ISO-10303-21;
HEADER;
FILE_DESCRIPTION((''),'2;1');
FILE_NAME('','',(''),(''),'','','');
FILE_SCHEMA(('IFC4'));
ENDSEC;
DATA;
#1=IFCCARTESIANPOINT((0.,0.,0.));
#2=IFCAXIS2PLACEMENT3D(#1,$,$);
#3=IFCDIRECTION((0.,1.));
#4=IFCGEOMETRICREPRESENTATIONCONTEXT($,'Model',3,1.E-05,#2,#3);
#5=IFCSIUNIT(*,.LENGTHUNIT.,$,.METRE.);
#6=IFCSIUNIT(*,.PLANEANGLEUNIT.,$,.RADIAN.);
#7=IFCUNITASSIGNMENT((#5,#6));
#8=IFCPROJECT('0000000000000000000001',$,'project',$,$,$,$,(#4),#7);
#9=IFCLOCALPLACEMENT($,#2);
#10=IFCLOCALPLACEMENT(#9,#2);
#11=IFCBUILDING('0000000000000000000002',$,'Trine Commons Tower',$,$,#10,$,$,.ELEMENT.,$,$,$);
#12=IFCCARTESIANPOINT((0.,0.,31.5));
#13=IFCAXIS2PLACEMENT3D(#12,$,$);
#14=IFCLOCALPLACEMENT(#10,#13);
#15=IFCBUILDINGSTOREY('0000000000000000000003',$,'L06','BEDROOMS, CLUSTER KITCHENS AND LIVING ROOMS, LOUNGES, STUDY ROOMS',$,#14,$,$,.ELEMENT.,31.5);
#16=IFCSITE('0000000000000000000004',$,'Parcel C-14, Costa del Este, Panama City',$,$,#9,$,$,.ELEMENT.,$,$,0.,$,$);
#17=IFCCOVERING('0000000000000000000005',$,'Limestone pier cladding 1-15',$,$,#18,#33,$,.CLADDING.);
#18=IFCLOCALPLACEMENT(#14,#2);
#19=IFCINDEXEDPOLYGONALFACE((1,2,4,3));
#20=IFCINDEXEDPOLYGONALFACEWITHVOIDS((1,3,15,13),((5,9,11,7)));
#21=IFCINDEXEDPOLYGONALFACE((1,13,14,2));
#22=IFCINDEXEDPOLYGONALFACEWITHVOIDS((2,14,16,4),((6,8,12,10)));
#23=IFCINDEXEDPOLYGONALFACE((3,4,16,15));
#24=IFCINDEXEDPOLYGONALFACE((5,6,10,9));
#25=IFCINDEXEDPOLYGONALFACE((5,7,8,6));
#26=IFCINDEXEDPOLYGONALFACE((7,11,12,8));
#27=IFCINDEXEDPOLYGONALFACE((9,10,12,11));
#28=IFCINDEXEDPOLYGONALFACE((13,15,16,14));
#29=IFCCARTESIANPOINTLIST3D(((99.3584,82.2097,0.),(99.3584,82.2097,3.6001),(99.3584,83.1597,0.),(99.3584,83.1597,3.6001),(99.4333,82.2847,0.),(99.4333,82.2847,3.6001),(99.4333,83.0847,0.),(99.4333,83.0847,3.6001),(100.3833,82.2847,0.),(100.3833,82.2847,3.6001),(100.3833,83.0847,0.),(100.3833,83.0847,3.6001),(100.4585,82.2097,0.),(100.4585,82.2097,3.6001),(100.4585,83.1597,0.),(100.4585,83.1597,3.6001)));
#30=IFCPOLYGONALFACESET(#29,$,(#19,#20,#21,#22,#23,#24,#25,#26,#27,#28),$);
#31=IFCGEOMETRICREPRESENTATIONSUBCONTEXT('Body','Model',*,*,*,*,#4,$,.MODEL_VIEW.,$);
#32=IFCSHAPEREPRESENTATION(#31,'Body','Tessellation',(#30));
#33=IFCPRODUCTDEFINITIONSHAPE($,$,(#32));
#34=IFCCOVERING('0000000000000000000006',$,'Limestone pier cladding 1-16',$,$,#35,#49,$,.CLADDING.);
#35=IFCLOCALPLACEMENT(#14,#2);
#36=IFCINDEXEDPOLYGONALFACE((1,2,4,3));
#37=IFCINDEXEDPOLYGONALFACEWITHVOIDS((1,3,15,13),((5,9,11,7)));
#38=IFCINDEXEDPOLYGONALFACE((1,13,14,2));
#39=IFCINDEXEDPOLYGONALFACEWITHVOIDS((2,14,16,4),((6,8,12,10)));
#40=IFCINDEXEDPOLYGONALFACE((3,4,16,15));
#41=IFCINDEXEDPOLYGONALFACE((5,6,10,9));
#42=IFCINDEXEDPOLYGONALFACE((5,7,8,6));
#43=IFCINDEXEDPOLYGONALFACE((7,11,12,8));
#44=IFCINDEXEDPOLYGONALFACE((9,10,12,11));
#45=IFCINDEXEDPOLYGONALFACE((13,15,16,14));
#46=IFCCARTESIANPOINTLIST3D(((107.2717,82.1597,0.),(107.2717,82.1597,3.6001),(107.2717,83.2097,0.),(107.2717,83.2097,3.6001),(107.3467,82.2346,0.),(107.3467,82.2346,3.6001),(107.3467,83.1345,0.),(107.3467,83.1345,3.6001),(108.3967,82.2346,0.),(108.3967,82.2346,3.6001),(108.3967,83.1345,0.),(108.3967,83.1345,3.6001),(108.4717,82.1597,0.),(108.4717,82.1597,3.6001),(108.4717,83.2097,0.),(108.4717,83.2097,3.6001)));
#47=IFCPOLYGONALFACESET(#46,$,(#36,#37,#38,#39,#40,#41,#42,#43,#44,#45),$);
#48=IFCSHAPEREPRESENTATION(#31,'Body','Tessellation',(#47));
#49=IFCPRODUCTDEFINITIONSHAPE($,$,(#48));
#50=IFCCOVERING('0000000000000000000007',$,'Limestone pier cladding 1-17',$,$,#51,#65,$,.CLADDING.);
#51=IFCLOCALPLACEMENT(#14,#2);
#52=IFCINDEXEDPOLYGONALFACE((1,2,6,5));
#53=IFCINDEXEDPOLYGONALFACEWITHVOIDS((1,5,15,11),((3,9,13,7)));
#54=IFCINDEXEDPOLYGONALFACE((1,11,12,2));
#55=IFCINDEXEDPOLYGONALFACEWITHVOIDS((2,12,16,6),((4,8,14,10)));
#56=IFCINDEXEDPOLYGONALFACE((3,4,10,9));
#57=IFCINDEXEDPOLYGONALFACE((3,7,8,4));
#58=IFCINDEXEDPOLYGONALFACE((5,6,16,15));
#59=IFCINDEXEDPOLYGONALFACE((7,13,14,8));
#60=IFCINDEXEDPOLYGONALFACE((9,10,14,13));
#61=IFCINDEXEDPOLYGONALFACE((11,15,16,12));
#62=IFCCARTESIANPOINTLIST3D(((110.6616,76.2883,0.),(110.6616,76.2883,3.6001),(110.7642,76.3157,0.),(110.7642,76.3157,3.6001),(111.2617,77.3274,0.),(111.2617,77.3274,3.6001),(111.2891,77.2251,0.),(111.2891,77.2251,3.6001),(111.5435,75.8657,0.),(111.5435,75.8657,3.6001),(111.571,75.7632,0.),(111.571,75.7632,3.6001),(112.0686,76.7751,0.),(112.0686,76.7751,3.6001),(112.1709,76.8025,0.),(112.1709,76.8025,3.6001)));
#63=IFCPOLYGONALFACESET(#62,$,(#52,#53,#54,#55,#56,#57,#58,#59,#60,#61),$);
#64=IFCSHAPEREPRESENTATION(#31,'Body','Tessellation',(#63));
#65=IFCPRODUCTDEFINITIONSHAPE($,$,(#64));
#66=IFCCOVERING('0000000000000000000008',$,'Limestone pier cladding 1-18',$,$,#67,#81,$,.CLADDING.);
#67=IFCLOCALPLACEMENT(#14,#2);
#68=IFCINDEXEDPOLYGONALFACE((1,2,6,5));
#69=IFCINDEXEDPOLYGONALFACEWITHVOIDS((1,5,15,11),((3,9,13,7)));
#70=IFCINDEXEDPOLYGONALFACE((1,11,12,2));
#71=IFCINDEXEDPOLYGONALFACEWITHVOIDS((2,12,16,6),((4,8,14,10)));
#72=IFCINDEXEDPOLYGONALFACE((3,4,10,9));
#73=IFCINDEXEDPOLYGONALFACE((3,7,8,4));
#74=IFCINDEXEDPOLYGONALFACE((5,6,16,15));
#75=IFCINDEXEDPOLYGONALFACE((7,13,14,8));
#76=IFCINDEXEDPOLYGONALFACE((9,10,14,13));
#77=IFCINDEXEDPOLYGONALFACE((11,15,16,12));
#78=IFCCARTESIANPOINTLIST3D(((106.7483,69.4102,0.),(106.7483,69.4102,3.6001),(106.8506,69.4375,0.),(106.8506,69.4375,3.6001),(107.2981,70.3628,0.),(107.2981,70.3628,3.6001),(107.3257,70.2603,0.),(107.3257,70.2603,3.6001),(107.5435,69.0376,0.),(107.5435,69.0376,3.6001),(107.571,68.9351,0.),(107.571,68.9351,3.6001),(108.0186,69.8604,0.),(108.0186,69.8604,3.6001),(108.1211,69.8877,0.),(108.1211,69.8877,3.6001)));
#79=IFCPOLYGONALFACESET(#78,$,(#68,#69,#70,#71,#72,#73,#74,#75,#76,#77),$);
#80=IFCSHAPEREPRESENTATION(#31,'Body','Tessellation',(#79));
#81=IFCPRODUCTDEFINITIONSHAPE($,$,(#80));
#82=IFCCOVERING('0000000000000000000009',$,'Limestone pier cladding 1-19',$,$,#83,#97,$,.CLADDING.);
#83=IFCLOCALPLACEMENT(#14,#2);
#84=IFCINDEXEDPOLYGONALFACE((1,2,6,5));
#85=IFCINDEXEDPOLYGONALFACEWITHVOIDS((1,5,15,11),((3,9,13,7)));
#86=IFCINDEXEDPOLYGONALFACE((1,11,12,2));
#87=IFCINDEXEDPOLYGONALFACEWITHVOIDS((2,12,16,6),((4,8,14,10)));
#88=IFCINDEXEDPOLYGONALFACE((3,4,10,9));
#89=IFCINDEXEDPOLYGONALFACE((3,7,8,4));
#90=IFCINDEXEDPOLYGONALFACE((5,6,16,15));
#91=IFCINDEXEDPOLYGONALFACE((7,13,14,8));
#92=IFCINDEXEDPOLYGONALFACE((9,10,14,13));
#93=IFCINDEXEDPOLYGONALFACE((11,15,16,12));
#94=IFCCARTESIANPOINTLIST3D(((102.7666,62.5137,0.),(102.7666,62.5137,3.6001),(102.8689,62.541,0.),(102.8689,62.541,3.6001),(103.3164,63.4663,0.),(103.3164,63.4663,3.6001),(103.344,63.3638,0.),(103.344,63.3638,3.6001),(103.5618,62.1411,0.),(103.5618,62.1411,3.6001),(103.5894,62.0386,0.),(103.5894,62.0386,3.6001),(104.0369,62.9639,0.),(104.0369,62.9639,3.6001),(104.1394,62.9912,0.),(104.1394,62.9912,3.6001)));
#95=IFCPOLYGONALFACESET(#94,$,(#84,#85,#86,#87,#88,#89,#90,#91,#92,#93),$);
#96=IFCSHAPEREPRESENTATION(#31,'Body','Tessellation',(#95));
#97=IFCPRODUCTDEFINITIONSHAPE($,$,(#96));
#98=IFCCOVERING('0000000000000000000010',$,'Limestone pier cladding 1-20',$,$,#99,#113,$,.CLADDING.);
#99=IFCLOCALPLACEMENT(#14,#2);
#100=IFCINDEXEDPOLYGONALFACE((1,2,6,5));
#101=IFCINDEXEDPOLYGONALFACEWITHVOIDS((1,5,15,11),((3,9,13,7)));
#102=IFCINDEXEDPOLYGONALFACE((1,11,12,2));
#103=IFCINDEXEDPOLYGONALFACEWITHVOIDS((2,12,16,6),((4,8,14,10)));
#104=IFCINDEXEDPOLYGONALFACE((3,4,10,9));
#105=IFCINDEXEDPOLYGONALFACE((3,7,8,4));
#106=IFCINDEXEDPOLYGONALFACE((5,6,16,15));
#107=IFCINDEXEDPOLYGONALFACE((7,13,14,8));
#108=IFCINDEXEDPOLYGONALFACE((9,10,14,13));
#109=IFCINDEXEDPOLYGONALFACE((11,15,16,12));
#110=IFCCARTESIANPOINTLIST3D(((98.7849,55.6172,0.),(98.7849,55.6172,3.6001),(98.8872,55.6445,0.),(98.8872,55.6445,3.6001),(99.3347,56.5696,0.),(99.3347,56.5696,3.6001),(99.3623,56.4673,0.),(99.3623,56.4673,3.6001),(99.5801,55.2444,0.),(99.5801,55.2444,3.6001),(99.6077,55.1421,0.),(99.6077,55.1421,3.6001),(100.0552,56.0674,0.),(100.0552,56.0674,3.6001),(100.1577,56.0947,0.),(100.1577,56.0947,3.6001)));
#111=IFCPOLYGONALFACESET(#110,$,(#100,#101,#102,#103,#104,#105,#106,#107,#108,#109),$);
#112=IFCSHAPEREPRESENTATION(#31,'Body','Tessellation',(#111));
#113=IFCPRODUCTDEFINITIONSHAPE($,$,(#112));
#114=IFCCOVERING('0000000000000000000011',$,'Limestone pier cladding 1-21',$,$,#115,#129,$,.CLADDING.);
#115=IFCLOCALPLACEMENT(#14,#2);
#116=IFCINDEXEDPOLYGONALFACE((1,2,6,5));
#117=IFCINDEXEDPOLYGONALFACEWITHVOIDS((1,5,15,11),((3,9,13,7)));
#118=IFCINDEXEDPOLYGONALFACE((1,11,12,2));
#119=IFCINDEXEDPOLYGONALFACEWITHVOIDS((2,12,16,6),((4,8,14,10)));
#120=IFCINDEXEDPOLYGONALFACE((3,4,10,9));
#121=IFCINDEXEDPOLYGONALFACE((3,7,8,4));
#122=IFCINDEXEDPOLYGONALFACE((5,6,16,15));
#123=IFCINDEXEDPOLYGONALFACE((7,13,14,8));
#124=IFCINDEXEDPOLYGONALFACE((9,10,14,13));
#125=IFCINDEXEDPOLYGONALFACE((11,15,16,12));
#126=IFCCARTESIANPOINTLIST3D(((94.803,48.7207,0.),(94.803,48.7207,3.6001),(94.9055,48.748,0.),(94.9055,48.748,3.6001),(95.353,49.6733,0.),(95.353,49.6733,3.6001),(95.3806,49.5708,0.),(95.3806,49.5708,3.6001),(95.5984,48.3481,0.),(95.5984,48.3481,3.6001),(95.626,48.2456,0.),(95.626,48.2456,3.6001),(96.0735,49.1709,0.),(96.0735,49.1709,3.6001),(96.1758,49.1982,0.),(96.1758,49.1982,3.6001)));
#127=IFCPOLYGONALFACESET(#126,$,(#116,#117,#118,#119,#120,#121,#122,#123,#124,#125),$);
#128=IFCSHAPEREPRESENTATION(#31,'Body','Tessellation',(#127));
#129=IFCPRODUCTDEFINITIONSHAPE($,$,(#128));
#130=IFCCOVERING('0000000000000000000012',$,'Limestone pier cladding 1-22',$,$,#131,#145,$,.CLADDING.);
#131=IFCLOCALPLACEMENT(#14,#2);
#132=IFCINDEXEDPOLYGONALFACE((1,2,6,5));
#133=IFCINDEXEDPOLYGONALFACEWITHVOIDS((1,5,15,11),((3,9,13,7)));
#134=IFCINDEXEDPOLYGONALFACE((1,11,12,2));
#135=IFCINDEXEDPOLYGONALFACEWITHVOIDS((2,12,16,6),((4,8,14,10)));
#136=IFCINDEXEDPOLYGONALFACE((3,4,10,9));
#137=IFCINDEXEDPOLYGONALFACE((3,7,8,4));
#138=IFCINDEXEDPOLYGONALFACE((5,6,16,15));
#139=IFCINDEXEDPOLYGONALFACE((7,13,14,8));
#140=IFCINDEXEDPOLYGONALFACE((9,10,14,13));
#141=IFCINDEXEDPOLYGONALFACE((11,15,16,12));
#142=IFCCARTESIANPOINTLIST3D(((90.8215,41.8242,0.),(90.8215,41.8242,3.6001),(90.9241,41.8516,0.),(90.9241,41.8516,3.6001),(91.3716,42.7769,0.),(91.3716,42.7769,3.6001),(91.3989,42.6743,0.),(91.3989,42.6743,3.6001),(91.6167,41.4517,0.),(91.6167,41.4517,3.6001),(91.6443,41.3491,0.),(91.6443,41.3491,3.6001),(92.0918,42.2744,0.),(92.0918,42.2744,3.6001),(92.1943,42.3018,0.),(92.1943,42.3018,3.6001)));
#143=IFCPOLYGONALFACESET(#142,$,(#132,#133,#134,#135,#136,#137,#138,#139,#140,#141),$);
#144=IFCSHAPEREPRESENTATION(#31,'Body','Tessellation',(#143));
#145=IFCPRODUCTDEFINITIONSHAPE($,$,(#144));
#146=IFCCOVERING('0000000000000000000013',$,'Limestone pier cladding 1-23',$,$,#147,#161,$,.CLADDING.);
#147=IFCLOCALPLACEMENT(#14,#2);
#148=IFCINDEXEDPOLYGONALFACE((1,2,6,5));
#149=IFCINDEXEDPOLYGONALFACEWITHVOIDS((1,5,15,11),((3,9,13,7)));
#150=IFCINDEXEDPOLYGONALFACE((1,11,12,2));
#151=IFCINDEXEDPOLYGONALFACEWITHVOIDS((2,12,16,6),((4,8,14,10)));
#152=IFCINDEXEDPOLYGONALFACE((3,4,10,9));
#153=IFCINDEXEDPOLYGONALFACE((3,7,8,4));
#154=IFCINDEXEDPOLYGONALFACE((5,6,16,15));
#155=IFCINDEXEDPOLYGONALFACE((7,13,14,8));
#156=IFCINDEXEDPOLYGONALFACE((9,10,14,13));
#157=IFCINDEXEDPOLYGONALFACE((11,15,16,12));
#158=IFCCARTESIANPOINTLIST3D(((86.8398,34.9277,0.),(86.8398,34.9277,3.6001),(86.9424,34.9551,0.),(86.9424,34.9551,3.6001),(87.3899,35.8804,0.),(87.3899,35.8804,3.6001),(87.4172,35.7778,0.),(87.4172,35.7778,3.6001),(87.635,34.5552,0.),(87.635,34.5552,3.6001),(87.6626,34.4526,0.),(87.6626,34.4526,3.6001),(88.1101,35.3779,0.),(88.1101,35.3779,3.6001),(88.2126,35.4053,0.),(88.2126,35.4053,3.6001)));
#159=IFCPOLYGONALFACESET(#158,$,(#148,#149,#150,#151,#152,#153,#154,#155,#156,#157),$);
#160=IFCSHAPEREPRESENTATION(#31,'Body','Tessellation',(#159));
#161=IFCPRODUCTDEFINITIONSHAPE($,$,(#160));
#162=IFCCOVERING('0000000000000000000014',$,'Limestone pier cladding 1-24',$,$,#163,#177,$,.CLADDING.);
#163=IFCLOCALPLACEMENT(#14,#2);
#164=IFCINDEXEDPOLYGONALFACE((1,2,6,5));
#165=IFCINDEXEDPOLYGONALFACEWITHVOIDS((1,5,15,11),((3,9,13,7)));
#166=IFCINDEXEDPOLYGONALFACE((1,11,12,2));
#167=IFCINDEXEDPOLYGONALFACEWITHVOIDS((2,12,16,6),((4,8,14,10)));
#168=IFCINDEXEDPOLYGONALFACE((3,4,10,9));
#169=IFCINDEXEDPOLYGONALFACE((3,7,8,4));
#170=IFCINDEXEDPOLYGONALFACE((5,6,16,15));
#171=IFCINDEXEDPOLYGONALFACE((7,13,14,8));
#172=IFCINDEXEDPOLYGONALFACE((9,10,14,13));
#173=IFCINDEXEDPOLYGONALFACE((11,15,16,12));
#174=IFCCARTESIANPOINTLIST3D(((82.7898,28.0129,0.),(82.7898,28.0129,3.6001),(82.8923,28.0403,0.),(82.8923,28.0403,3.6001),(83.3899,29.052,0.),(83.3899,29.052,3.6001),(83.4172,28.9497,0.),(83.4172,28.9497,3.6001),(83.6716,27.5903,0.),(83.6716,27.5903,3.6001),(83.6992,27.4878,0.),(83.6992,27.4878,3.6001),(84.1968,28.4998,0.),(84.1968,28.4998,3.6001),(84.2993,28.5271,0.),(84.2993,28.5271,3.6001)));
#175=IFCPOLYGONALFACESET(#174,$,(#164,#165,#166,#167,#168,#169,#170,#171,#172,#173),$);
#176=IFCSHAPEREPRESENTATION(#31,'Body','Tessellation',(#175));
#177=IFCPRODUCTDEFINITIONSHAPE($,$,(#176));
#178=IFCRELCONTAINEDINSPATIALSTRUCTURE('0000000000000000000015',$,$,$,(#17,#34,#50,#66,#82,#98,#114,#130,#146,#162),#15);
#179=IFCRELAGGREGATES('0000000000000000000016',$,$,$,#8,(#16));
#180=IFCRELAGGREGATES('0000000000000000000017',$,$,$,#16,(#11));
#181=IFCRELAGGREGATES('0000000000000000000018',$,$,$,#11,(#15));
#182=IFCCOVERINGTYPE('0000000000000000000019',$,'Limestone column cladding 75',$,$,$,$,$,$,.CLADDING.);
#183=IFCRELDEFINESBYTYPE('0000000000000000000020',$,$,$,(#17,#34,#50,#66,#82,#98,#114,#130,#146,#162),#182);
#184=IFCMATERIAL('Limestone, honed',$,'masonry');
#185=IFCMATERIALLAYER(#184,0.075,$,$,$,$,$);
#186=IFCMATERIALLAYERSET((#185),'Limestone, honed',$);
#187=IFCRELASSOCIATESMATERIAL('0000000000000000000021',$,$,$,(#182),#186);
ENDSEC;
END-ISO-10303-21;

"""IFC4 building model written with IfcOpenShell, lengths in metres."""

from ifc_helpers import new_model, si_unit, direction, frame, origin, place, context, subcontext, project, spatial, polyline, outline, extrude, material, layer, layer_set, type_object, element, save


model = new_model("IFC4")

# Units and contexts
model_context = context("Model", 3, precision=1e-05, world=origin(), true_north=direction((0.0, 1.0)))
body_context = subcontext(model_context, "Body", "Model", "MODEL_VIEW")
ifc_project = project(units=[si_unit("LENGTHUNIT", "METRE"), si_unit("PLANEANGLEUNIT", "RADIAN")], contexts=[model_context])

# Site, building, storey
site_placement = place(None, origin())
site = spatial("IfcSite", under=ifc_project, at=site_placement, Name="Parcel C-14, Costa del Este, Panama City", CompositionType="ELEMENT", RefElevation=0.0)
building_placement = place(site_placement, origin())
building = spatial("IfcBuilding", under=site, at=building_placement, Name="Trine Commons Tower", CompositionType="ELEMENT")
storey_placement = place(building_placement, frame((0.0, 0.0, 31.5)))
storey = spatial("IfcBuildingStorey", under=building, at=storey_placement, Name="L06", Description="BEDROOMS, CLUSTER KITCHENS AND LIVING ROOMS, LOUNGES, STUDY ROOMS", CompositionType="ELEMENT", Elevation=31.5)

# Coverings
ifc_material_1 = material(Name="Limestone, honed", Category="masonry")
ifc_layer_1 = layer(ifc_material_1, 0.075)
ifc_layer_set_1 = layer_set([ifc_layer_1], Name="Limestone, honed")
covering_type_1 = type_object("IfcCoveringType", Name="Limestone column cladding 75", PredefinedType="CLADDING", material=ifc_layer_set_1)
covering_1_placement = place(storey_placement, origin())
element("IfcCovering", 1, at=covering_1_placement, inside=storey, type_object=covering_type_1, Name="Limestone pier cladding 1-15", PredefinedType="CLADDING", context=body_context, shape_type="SweptSolid", body=[
    extrude(outline(polyline([(100.4585, 82.2097), (100.4585, 83.1597), (99.3584, 83.1597), (99.3584, 82.2097), (100.4585, 82.2097)]), holes=[polyline([(100.3833, 82.2847), (100.3833, 83.0847), (99.4333, 83.0847), (99.4333, 82.2847), (100.3833, 82.2847)])]), origin(), (0.0, 0.0, 1.0), 3.6001),
])
covering_2_placement = place(storey_placement, origin())
element("IfcCovering", 2, at=covering_2_placement, inside=storey, type_object=covering_type_1, Name="Limestone pier cladding 1-16", PredefinedType="CLADDING", context=body_context, shape_type="SweptSolid", body=[
    extrude(outline(polyline([(108.4717, 82.1597), (108.4717, 83.2097), (107.2717, 83.2097), (107.2717, 82.1597), (108.4717, 82.1597)]), holes=[polyline([(108.3967, 82.2346), (108.3967, 83.1345), (107.3467, 83.1345), (107.3467, 82.2346), (108.3967, 82.2346)])]), origin(), (0.0, 0.0, 1.0), 3.6001),
])
covering_3_placement = place(storey_placement, origin())
element("IfcCovering", 3, at=covering_3_placement, inside=storey, type_object=covering_type_1, Name="Limestone pier cladding 1-17", PredefinedType="CLADDING", context=body_context, shape_type="SweptSolid", body=[
    extrude(outline(polyline([(112.1709, 76.8025), (111.2617, 77.3274), (110.6616, 76.2883), (111.571, 75.7632), (112.1709, 76.8025)]), holes=[polyline([(112.0686, 76.7751), (111.2891, 77.2251), (110.7642, 76.3157), (111.5435, 75.8657), (112.0686, 76.7751)])]), origin(), (0.0, 0.0, 1.0), 3.6001),
])
covering_4_placement = place(storey_placement, origin())
element("IfcCovering", 4, at=covering_4_placement, inside=storey, type_object=covering_type_1, Name="Limestone pier cladding 1-18", PredefinedType="CLADDING", context=body_context, shape_type="SweptSolid", body=[
    extrude(outline(polyline([(108.1211, 69.8877), (107.2981, 70.3628), (106.7483, 69.4102), (107.571, 68.9351), (108.1211, 69.8877)]), holes=[polyline([(108.0186, 69.8604), (107.3257, 70.2603), (106.8506, 69.4375), (107.5435, 69.0376), (108.0186, 69.8604)])]), origin(), (0.0, 0.0, 1.0), 3.6001),
])
covering_5_placement = place(storey_placement, origin())
element("IfcCovering", 5, at=covering_5_placement, inside=storey, type_object=covering_type_1, Name="Limestone pier cladding 1-19", PredefinedType="CLADDING", context=body_context, shape_type="SweptSolid", body=[
    extrude(outline(polyline([(104.1394, 62.9912), (103.3164, 63.4663), (102.7666, 62.5137), (103.5894, 62.0386), (104.1394, 62.9912)]), holes=[polyline([(104.0369, 62.9639), (103.344, 63.3638), (102.8689, 62.541), (103.5618, 62.1411), (104.0369, 62.9639)])]), origin(), (0.0, 0.0, 1.0), 3.6001),
])
covering_6_placement = place(storey_placement, origin())
element("IfcCovering", 6, at=covering_6_placement, inside=storey, type_object=covering_type_1, Name="Limestone pier cladding 1-20", PredefinedType="CLADDING", context=body_context, shape_type="SweptSolid", body=[
    extrude(outline(polyline([(100.1577, 56.0947), (99.3347, 56.5696), (98.7849, 55.6172), (99.6077, 55.1421), (100.1577, 56.0947)]), holes=[polyline([(100.0552, 56.0674), (99.3623, 56.4673), (98.8872, 55.6445), (99.5801, 55.2444), (100.0552, 56.0674)])]), origin(), (0.0, 0.0, 1.0), 3.6001),
])
covering_7_placement = place(storey_placement, origin())
element("IfcCovering", 7, at=covering_7_placement, inside=storey, type_object=covering_type_1, Name="Limestone pier cladding 1-21", PredefinedType="CLADDING", context=body_context, shape_type="SweptSolid", body=[
    extrude(outline(polyline([(96.1758, 49.1982), (95.353, 49.6733), (94.803, 48.7207), (95.626, 48.2456), (96.1758, 49.1982)]), holes=[polyline([(96.0735, 49.1709), (95.3806, 49.5708), (94.9055, 48.748), (95.5984, 48.3481), (96.0735, 49.1709)])]), origin(), (0.0, 0.0, 1.0), 3.6001),
])
covering_8_placement = place(storey_placement, origin())
element("IfcCovering", 8, at=covering_8_placement, inside=storey, type_object=covering_type_1, Name="Limestone pier cladding 1-22", PredefinedType="CLADDING", context=body_context, shape_type="SweptSolid", body=[
    extrude(outline(polyline([(92.1943, 42.3018), (91.3716, 42.7769), (90.8215, 41.8242), (91.6443, 41.3491), (92.1943, 42.3018)]), holes=[polyline([(92.0918, 42.2744), (91.3989, 42.6743), (90.9241, 41.8516), (91.6167, 41.4517), (92.0918, 42.2744)])]), origin(), (0.0, 0.0, 1.0), 3.6001),
])
covering_9_placement = place(storey_placement, origin())
element("IfcCovering", 9, at=covering_9_placement, inside=storey, type_object=covering_type_1, Name="Limestone pier cladding 1-23", PredefinedType="CLADDING", context=body_context, shape_type="SweptSolid", body=[
    extrude(outline(polyline([(88.2126, 35.4053), (87.3899, 35.8804), (86.8398, 34.9277), (87.6626, 34.4526), (88.2126, 35.4053)]), holes=[polyline([(88.1101, 35.3779), (87.4172, 35.7778), (86.9424, 34.9551), (87.635, 34.5552), (88.1101, 35.3779)])]), origin(), (0.0, 0.0, 1.0), 3.6001),
])
covering_10_placement = place(storey_placement, origin())
element("IfcCovering", 10, at=covering_10_placement, inside=storey, type_object=covering_type_1, Name="Limestone pier cladding 1-24", PredefinedType="CLADDING", context=body_context, shape_type="SweptSolid", body=[
    extrude(outline(polyline([(84.2993, 28.5271), (83.3899, 29.052), (82.7898, 28.0129), (83.6992, 27.4878), (84.2993, 28.5271)]), holes=[polyline([(84.1968, 28.4998), (83.4172, 28.9497), (82.8923, 28.0403), (83.6716, 27.5903), (84.1968, 28.4998)])]), origin(), (0.0, 0.0, 1.0), 3.6001),
])

save(model, "model.ifc")
